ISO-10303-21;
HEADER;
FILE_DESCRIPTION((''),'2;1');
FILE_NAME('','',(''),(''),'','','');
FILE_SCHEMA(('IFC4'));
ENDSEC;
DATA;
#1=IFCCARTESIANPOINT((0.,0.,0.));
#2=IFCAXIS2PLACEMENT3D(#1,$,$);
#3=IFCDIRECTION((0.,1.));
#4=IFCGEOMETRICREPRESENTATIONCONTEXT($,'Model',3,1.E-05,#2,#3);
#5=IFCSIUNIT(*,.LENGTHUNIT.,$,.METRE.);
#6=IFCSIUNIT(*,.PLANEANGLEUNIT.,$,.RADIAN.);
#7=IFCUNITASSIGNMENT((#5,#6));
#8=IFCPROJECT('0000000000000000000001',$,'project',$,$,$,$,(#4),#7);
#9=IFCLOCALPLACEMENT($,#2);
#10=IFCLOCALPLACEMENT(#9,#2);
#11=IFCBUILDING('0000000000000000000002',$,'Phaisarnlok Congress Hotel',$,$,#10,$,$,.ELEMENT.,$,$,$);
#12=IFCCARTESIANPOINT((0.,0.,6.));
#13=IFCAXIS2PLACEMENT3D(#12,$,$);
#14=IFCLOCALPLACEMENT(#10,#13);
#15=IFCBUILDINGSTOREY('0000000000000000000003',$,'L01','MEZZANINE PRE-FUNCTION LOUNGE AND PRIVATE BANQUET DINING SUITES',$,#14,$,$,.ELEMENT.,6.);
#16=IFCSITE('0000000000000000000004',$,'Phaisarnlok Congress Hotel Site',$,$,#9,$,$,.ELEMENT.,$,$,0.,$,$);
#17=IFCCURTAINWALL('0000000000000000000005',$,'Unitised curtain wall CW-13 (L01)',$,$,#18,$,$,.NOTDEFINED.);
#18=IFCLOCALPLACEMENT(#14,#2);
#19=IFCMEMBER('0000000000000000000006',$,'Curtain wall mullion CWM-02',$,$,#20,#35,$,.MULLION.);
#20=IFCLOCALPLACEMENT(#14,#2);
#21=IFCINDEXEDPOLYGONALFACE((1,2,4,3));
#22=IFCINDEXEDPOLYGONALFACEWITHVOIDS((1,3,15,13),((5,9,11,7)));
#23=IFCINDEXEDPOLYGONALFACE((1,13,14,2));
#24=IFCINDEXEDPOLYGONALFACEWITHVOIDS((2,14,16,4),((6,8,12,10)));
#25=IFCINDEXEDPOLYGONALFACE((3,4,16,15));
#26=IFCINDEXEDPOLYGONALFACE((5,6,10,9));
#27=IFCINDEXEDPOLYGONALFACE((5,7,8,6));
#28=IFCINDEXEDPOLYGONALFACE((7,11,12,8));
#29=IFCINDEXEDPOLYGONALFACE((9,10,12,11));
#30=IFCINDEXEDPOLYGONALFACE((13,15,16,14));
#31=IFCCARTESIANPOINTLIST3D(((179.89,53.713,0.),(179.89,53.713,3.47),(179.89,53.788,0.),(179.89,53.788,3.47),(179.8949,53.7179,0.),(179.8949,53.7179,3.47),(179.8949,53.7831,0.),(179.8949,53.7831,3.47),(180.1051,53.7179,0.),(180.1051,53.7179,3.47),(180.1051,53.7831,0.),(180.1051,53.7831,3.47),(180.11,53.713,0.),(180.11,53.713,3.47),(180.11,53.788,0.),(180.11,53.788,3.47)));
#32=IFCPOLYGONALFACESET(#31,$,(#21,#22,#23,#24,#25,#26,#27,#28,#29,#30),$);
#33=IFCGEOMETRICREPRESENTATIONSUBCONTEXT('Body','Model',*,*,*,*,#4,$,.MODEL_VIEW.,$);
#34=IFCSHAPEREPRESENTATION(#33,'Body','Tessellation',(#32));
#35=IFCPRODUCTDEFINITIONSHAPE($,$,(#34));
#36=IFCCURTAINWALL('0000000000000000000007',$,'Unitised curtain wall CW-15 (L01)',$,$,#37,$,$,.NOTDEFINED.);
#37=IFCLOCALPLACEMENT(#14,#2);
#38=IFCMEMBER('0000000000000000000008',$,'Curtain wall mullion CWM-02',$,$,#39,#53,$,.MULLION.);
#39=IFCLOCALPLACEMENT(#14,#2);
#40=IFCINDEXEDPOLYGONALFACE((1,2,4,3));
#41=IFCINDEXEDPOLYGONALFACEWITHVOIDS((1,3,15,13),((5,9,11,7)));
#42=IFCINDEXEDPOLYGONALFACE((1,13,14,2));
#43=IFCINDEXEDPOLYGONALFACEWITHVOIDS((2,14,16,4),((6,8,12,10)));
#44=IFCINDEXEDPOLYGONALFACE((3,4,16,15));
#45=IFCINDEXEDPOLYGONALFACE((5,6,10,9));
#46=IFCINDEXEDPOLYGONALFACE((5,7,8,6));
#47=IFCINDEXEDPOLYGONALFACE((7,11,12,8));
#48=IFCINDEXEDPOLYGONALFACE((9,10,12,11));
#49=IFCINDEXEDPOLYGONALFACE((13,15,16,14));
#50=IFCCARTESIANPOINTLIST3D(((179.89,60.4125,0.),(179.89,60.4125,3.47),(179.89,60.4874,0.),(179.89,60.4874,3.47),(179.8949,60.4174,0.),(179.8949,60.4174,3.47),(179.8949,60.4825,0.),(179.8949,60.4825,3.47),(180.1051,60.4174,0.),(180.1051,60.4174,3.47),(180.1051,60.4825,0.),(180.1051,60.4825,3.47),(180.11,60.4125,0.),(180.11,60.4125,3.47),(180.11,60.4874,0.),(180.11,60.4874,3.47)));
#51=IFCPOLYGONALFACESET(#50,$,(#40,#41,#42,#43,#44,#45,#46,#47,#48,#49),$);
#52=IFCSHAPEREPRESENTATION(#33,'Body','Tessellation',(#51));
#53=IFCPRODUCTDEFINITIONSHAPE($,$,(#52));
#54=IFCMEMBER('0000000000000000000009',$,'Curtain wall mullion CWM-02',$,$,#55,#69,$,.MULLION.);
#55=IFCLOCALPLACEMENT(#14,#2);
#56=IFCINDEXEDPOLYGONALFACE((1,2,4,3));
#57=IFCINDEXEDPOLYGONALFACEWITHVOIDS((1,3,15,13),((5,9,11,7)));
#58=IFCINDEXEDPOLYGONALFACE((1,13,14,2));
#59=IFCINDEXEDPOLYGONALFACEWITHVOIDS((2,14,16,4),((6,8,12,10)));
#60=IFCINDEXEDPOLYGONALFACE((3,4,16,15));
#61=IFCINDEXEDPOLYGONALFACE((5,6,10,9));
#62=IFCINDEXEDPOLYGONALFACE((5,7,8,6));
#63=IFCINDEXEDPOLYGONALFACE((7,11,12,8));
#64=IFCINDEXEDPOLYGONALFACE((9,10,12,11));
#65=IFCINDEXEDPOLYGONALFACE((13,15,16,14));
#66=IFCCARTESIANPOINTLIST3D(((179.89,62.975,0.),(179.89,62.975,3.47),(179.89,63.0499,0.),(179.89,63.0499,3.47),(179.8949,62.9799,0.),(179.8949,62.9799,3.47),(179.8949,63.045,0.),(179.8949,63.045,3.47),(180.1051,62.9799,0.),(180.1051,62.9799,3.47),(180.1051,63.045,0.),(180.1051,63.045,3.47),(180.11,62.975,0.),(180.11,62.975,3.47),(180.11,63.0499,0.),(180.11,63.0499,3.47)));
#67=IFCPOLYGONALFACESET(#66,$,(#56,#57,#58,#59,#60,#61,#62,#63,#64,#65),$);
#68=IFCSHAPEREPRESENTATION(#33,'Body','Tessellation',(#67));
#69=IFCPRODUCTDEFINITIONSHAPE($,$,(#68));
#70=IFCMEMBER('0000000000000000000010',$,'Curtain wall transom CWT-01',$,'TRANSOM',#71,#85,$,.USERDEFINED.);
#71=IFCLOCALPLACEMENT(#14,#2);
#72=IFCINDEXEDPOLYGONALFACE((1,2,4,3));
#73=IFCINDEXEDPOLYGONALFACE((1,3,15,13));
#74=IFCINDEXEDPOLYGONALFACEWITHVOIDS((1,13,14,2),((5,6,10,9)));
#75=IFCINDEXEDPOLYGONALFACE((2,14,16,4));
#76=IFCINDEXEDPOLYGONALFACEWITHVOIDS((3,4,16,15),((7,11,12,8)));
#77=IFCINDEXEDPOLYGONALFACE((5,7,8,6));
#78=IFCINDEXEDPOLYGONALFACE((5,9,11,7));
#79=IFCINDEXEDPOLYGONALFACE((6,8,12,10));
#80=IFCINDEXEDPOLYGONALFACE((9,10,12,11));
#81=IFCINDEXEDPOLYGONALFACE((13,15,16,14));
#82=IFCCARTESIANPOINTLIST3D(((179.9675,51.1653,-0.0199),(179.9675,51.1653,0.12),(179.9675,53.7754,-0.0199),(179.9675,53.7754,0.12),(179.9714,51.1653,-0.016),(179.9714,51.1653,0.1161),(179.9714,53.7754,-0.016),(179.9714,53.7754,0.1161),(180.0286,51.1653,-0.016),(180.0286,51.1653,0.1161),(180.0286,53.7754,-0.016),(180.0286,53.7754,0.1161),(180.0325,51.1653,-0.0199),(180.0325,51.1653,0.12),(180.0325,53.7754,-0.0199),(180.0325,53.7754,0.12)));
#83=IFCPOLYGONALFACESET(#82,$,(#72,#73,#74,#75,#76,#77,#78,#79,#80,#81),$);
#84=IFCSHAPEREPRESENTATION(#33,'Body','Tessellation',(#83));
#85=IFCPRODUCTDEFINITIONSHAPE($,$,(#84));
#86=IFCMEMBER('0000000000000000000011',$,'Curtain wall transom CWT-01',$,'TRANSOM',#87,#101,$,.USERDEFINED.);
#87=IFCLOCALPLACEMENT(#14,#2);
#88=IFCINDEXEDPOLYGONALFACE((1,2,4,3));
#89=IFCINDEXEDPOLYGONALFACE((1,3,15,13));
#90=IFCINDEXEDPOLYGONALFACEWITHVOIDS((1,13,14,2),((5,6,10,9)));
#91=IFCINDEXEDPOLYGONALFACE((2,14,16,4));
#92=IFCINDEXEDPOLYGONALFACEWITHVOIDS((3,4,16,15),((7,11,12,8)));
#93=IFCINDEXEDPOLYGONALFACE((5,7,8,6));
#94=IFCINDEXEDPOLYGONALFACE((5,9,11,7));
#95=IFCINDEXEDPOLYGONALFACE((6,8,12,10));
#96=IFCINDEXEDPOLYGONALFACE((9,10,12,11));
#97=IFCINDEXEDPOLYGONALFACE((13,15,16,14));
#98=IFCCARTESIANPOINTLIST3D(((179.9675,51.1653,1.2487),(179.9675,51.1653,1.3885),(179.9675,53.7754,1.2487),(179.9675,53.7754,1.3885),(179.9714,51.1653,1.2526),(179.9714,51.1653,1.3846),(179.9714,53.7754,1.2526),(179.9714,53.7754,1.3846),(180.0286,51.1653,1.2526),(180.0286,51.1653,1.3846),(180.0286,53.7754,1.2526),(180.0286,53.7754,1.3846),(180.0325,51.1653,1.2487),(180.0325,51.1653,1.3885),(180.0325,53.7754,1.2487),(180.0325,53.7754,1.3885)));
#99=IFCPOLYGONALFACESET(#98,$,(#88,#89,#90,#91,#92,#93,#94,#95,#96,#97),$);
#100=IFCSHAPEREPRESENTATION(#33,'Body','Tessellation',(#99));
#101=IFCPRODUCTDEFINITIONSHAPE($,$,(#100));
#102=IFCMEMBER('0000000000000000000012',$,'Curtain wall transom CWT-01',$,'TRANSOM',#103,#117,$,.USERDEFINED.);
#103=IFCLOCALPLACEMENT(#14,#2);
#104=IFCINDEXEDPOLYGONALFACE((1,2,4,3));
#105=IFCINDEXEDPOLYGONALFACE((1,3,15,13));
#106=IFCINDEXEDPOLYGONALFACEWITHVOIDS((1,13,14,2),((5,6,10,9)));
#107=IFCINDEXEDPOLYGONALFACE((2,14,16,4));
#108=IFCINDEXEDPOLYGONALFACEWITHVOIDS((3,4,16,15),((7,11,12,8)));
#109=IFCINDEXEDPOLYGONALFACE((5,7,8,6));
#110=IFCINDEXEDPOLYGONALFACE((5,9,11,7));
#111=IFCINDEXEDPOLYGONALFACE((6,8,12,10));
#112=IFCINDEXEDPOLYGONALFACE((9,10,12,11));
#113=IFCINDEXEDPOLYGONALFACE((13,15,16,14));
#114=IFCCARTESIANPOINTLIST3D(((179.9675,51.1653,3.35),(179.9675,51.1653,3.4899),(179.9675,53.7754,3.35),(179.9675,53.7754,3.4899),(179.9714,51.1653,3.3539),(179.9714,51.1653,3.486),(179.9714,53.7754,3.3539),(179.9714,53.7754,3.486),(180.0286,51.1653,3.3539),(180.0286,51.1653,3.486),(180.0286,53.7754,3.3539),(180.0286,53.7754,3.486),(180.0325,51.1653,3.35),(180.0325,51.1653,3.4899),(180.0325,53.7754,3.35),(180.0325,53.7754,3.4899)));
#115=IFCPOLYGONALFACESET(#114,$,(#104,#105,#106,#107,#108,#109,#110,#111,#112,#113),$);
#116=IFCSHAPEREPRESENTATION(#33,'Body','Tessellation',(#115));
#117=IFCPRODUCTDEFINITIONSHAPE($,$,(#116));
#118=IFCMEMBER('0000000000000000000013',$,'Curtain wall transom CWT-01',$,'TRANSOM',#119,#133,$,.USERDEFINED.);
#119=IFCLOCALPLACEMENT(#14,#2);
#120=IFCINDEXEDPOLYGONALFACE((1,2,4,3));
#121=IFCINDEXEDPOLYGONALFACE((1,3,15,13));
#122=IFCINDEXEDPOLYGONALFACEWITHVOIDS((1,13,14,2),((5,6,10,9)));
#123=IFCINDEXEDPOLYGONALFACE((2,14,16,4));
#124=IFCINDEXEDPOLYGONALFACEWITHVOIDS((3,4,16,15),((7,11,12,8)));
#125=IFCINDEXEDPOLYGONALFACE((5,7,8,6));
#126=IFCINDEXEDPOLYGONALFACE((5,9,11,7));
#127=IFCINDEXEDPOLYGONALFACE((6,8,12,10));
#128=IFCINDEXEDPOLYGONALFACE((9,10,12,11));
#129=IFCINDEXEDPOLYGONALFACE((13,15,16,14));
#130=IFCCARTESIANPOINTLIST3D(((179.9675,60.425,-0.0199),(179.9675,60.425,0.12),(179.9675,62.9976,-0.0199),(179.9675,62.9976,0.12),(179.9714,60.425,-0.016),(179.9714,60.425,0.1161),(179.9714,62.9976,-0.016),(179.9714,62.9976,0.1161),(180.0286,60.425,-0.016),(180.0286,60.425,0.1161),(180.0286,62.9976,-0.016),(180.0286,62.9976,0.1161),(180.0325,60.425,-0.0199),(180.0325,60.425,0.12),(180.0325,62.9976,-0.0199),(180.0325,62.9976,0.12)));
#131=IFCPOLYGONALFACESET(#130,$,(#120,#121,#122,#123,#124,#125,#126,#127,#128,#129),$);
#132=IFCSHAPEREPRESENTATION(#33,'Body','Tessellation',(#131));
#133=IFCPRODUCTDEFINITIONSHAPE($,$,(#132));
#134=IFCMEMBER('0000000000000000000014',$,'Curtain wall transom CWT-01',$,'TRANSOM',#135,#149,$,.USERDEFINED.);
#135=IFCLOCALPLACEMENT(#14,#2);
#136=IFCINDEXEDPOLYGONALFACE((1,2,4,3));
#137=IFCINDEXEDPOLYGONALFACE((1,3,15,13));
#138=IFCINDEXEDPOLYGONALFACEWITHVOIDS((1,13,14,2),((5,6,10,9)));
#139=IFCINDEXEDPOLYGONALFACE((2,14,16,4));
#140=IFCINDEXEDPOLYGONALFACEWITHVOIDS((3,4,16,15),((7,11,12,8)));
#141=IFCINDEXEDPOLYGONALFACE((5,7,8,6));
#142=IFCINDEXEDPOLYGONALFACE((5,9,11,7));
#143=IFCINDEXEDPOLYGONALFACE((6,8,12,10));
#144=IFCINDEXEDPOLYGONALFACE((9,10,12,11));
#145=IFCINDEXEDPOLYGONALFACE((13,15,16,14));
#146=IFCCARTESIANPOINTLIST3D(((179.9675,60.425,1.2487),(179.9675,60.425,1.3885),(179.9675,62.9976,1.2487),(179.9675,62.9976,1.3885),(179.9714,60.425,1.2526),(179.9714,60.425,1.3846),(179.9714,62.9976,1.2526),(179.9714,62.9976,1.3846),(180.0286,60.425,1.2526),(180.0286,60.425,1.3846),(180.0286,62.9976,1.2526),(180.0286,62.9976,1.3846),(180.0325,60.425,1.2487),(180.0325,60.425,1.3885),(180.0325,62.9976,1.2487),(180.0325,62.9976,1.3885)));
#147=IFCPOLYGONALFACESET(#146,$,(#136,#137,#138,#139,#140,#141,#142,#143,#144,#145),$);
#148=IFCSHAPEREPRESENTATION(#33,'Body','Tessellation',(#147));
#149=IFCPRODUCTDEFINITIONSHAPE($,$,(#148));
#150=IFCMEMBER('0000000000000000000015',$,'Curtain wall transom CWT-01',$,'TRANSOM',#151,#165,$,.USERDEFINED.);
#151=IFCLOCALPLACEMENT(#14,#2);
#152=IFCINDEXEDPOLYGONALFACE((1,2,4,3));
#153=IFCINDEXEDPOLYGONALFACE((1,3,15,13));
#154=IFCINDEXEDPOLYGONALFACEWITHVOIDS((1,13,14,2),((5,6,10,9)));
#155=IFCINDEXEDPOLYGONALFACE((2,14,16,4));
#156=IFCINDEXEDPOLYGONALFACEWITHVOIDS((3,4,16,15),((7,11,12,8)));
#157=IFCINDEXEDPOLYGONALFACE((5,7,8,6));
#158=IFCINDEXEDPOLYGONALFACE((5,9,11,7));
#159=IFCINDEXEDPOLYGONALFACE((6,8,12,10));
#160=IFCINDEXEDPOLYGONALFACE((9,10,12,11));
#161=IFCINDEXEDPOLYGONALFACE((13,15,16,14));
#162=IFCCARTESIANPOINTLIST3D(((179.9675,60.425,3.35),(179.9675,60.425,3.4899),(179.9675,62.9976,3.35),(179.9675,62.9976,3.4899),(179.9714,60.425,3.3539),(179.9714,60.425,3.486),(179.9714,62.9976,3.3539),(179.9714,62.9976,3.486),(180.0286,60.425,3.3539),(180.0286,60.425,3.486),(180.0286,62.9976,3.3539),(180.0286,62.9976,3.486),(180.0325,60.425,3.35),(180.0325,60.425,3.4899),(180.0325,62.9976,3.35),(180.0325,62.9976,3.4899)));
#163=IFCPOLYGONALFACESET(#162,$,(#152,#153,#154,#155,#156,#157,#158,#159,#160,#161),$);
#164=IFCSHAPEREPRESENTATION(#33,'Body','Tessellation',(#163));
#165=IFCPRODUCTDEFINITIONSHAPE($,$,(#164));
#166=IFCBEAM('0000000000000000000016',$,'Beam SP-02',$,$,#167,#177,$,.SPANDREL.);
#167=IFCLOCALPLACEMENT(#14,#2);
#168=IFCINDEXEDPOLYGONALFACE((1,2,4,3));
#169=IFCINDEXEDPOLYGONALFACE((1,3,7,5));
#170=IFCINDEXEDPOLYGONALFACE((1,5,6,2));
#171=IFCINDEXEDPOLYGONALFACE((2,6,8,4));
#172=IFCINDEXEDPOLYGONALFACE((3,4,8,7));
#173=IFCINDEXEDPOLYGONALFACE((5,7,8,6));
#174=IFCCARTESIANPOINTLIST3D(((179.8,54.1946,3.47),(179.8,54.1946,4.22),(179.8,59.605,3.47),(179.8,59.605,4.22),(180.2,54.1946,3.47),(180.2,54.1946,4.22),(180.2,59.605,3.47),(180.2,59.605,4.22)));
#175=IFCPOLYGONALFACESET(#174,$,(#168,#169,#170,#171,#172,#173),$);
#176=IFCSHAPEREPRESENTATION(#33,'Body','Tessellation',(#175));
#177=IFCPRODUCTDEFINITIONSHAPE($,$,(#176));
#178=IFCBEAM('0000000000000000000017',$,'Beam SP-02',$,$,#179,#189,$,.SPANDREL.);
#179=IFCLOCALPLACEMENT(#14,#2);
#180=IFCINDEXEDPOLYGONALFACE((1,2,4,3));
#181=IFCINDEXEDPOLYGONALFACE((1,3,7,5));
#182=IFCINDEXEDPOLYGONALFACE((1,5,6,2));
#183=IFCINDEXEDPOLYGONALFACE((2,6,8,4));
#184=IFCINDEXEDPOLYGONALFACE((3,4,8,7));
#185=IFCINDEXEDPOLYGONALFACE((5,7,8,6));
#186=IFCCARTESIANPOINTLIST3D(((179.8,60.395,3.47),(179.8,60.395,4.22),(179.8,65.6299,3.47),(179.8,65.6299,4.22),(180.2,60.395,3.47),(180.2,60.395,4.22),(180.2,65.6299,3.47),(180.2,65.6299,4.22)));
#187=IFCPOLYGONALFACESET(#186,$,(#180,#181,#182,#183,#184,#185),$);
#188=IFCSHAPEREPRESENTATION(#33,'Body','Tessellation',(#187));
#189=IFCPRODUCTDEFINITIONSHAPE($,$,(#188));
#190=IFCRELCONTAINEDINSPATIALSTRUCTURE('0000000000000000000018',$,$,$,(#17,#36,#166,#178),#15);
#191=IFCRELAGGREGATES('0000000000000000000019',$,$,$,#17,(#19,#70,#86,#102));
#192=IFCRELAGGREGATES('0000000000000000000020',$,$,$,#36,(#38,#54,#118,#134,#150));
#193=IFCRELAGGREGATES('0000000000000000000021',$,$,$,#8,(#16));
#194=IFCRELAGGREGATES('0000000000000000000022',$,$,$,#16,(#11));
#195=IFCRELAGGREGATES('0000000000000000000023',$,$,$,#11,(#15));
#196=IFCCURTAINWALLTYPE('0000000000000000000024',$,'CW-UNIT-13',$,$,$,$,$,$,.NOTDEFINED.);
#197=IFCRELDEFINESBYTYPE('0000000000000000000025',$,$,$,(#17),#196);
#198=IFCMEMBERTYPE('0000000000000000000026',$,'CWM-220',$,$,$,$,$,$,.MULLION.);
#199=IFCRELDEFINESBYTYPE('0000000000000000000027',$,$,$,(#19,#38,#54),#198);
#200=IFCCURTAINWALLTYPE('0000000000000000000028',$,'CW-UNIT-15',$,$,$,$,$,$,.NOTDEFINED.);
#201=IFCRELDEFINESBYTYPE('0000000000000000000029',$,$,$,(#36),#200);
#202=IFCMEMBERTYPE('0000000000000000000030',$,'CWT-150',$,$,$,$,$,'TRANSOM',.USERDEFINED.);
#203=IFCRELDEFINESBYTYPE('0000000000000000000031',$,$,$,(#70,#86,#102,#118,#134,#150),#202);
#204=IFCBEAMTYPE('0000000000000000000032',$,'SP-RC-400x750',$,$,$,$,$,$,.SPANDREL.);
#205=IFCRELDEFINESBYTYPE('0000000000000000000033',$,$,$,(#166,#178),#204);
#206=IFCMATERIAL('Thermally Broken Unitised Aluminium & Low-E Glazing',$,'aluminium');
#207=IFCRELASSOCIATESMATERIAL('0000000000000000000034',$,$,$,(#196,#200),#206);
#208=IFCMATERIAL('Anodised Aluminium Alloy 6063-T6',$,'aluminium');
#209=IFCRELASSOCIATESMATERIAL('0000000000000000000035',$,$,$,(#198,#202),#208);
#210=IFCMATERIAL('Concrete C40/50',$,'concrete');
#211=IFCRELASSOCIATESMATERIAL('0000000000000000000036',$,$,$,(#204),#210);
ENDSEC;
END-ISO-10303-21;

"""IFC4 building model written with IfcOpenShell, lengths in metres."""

from ifc_helpers import new_model, si_unit, direction, frame, origin, origin_2d, place, context, subcontext, project, spatial, rectangle, hollow_rectangle, extrude, material, material_profile, profile_set, type_object, element, aggregate, save


model = new_model("IFC4")

# Units and contexts
model_context = context("Model", 3, precision=1e-05, world=origin(), true_north=direction((0.0, 1.0)))
body_context = subcontext(model_context, "Body", "Model", "MODEL_VIEW")
ifc_project = project(units=[si_unit("LENGTHUNIT", "METRE"), si_unit("PLANEANGLEUNIT", "RADIAN")], contexts=[model_context])

# Site, building, storey
site_placement = place(None, origin())
site = spatial("IfcSite", under=ifc_project, at=site_placement, Name="Phaisarnlok Congress Hotel Site", CompositionType="ELEMENT", RefElevation=0.0)
building_placement = place(site_placement, origin())
building = spatial("IfcBuilding", under=site, at=building_placement, Name="Phaisarnlok Congress Hotel", CompositionType="ELEMENT")
storey_placement = place(building_placement, frame((0.0, 0.0, 6.0)))
storey = spatial("IfcBuildingStorey", under=building, at=storey_placement, Name="L01", Description="MEZZANINE PRE-FUNCTION LOUNGE AND PRIVATE BANQUET DINING SUITES", CompositionType="ELEMENT", Elevation=6.0)

# Shared definitions
ifc_material_1 = material(Name="Concrete C40/50", Category="concrete")

# Curtain walls, members
ifc_material_2 = material(Name="Thermally Broken Unitised Aluminium & Low-E Glazing", Category="aluminium")
curtain_wall_type_1 = type_object("IfcCurtainWallType", Name="CW-UNIT-13", PredefinedType="NOTDEFINED", material=ifc_material_2)
curtain_wall_1_placement = place(storey_placement, origin())
curtain_wall_1 = element("IfcCurtainWall", 1, at=curtain_wall_1_placement, inside=storey, type_object=curtain_wall_type_1, Name="Unitised curtain wall CW-13 (L01)", PredefinedType="NOTDEFINED")
ifc_material_3 = material(Name="Anodised Aluminium Alloy 6063-T6", Category="aluminium")
ifc_material_profile_1 = material_profile(ifc_material_3, hollow_rectangle(XDim=0.075, YDim=0.22, WallThickness=0.0049, at=origin_2d()), Name="ALU-M 75x220x5")
ifc_profile_set_1 = profile_set([ifc_material_profile_1], Name="Anodised Aluminium Alloy 6063-T6")
member_type_1 = type_object("IfcMemberType", Name="CWM-220", PredefinedType="MULLION", material=ifc_profile_set_1)
member_1_placement = place(storey_placement, frame((180.0, 53.7505, 0.0), z_axis=(0.0, 0.0, 1.0), x_axis=(0.0, 1.0, 0.0)))
member_1 = element("IfcMember", 2, at=member_1_placement, type_object=member_type_1, Name="Curtain wall mullion CWM-02", PredefinedType="MULLION", context=body_context, shape_type="SweptSolid", body=[
    extrude(hollow_rectangle(XDim=0.075, YDim=0.22, WallThickness=0.0049, at=origin_2d()), origin(), (0.0, 0.0, 1.0), 3.47),
])
curtain_wall_type_2 = type_object("IfcCurtainWallType", Name="CW-UNIT-15", PredefinedType="NOTDEFINED", material=ifc_material_2)
curtain_wall_2_placement = place(storey_placement, origin())
curtain_wall_2 = element("IfcCurtainWall", 3, at=curtain_wall_2_placement, inside=storey, type_object=curtain_wall_type_2, Name="Unitised curtain wall CW-15 (L01)", PredefinedType="NOTDEFINED")
member_2_placement = place(storey_placement, frame((180.0, 60.45, 0.0), z_axis=(0.0, 0.0, 1.0), x_axis=(0.0, 1.0, 0.0)))
member_2 = element("IfcMember", 4, at=member_2_placement, type_object=member_type_1, Name="Curtain wall mullion CWM-02", PredefinedType="MULLION", context=body_context, shape_type="SweptSolid", body=[
    extrude(hollow_rectangle(XDim=0.075, YDim=0.22, WallThickness=0.0049, at=origin_2d()), origin(), (0.0, 0.0, 1.0), 3.47),
])
member_3_placement = place(storey_placement, frame((180.0, 63.0125, 0.0), z_axis=(0.0, 0.0, 1.0), x_axis=(0.0, 1.0, 0.0)))
member_3 = element("IfcMember", 5, at=member_3_placement, type_object=member_type_1, Name="Curtain wall mullion CWM-02", PredefinedType="MULLION", context=body_context, shape_type="SweptSolid", body=[
    extrude(hollow_rectangle(XDim=0.075, YDim=0.22, WallThickness=0.0049, at=origin_2d()), origin(), (0.0, 0.0, 1.0), 3.47),
])

# Members
ifc_material_profile_2 = material_profile(ifc_material_3, hollow_rectangle(XDim=0.0649, YDim=0.1399, WallThickness=0.0039, at=origin_2d()), Name="ALU-T 65x140x4")
ifc_profile_set_2 = profile_set([ifc_material_profile_2], Name="Anodised Aluminium Alloy 6063-T6")
member_type_2 = type_object("IfcMemberType", Name="CWT-150", ElementType="TRANSOM", PredefinedType="USERDEFINED", material=ifc_profile_set_2)
member_4_placement = place(storey_placement, frame((180.0, 51.1653, 0.05), z_axis=(0.0, 1.0, 0.0), x_axis=(-1.0, 0.0, 0.0)))
member_4 = element("IfcMember", 6, at=member_4_placement, type_object=member_type_2, Name="Curtain wall transom CWT-01", ObjectType="TRANSOM", PredefinedType="USERDEFINED", context=body_context, shape_type="SweptSolid", body=[
    extrude(hollow_rectangle(XDim=0.0649, YDim=0.1399, WallThickness=0.0039, at=origin_2d()), origin(), (0.0, 0.0, 1.0), 2.6101),
])
member_5_placement = place(storey_placement, frame((180.0, 51.1653, 1.3186), z_axis=(0.0, 1.0, 0.0), x_axis=(-1.0, 0.0, 0.0)))
member_5 = element("IfcMember", 7, at=member_5_placement, type_object=member_type_2, Name="Curtain wall transom CWT-01", ObjectType="TRANSOM", PredefinedType="USERDEFINED", context=body_context, shape_type="SweptSolid", body=[
    extrude(hollow_rectangle(XDim=0.0649, YDim=0.1399, WallThickness=0.0039, at=origin_2d()), origin(), (0.0, 0.0, 1.0), 2.6101),
])
member_6_placement = place(storey_placement, frame((180.0, 51.1653, 3.4199), z_axis=(0.0, 1.0, 0.0), x_axis=(-1.0, 0.0, 0.0)))
member_6 = element("IfcMember", 8, at=member_6_placement, type_object=member_type_2, Name="Curtain wall transom CWT-01", ObjectType="TRANSOM", PredefinedType="USERDEFINED", context=body_context, shape_type="SweptSolid", body=[
    extrude(hollow_rectangle(XDim=0.0649, YDim=0.1399, WallThickness=0.0039, at=origin_2d()), origin(), (0.0, 0.0, 1.0), 2.6101),
])
member_7_placement = place(storey_placement, frame((180.0, 60.425, 0.05), z_axis=(0.0, 1.0, 0.0), x_axis=(-1.0, 0.0, 0.0)))
member_7 = element("IfcMember", 9, at=member_7_placement, type_object=member_type_2, Name="Curtain wall transom CWT-01", ObjectType="TRANSOM", PredefinedType="USERDEFINED", context=body_context, shape_type="SweptSolid", body=[
    extrude(hollow_rectangle(XDim=0.0649, YDim=0.1399, WallThickness=0.0039, at=origin_2d()), origin(), (0.0, 0.0, 1.0), 2.5725),
])
member_8_placement = place(storey_placement, frame((180.0, 60.425, 1.3186), z_axis=(0.0, 1.0, 0.0), x_axis=(-1.0, 0.0, 0.0)))
member_8 = element("IfcMember", 10, at=member_8_placement, type_object=member_type_2, Name="Curtain wall transom CWT-01", ObjectType="TRANSOM", PredefinedType="USERDEFINED", context=body_context, shape_type="SweptSolid", body=[
    extrude(hollow_rectangle(XDim=0.0649, YDim=0.1399, WallThickness=0.0039, at=origin_2d()), origin(), (0.0, 0.0, 1.0), 2.5725),
])
member_9_placement = place(storey_placement, frame((180.0, 60.425, 3.4199), z_axis=(0.0, 1.0, 0.0), x_axis=(-1.0, 0.0, 0.0)))
member_9 = element("IfcMember", 11, at=member_9_placement, type_object=member_type_2, Name="Curtain wall transom CWT-01", ObjectType="TRANSOM", PredefinedType="USERDEFINED", context=body_context, shape_type="SweptSolid", body=[
    extrude(hollow_rectangle(XDim=0.0649, YDim=0.1399, WallThickness=0.0039, at=origin_2d()), origin(), (0.0, 0.0, 1.0), 2.5725),
])

# Beams
ifc_material_profile_3 = material_profile(ifc_material_1, rectangle(XDim=0.3999, YDim=0.75, at=origin_2d()), Name="RC 400x750")
ifc_profile_set_3 = profile_set([ifc_material_profile_3], Name="Concrete C40/50")
beam_type_1 = type_object("IfcBeamType", Name="SP-RC-400x750", PredefinedType="SPANDREL", material=ifc_profile_set_3)
beam_1_placement = place(storey_placement, frame((180.0, 54.1946, 3.845), z_axis=(0.0, 1.0, 0.0), x_axis=(-1.0, 0.0, 0.0)))
element("IfcBeam", 12, at=beam_1_placement, inside=storey, type_object=beam_type_1, Name="Beam SP-02", PredefinedType="SPANDREL", context=body_context, shape_type="SweptSolid", body=[
    extrude(rectangle(XDim=0.3999, YDim=0.75, at=origin_2d()), origin(), (0.0, 0.0, 1.0), 5.4104),
])
beam_2_placement = place(storey_placement, frame((180.0, 60.395, 3.845), z_axis=(0.0, 1.0, 0.0), x_axis=(-1.0, 0.0, 0.0)))
element("IfcBeam", 13, at=beam_2_placement, inside=storey, type_object=beam_type_1, Name="Beam SP-02", PredefinedType="SPANDREL", context=body_context, shape_type="SweptSolid", body=[
    extrude(rectangle(XDim=0.3999, YDim=0.75, at=origin_2d()), origin(), (0.0, 0.0, 1.0), 5.2349),
])

aggregate(curtain_wall_1, [member_1, member_4, member_5, member_6])
aggregate(curtain_wall_2, [member_2, member_3, member_7, member_8, member_9])

save(model, "model.ifc")
